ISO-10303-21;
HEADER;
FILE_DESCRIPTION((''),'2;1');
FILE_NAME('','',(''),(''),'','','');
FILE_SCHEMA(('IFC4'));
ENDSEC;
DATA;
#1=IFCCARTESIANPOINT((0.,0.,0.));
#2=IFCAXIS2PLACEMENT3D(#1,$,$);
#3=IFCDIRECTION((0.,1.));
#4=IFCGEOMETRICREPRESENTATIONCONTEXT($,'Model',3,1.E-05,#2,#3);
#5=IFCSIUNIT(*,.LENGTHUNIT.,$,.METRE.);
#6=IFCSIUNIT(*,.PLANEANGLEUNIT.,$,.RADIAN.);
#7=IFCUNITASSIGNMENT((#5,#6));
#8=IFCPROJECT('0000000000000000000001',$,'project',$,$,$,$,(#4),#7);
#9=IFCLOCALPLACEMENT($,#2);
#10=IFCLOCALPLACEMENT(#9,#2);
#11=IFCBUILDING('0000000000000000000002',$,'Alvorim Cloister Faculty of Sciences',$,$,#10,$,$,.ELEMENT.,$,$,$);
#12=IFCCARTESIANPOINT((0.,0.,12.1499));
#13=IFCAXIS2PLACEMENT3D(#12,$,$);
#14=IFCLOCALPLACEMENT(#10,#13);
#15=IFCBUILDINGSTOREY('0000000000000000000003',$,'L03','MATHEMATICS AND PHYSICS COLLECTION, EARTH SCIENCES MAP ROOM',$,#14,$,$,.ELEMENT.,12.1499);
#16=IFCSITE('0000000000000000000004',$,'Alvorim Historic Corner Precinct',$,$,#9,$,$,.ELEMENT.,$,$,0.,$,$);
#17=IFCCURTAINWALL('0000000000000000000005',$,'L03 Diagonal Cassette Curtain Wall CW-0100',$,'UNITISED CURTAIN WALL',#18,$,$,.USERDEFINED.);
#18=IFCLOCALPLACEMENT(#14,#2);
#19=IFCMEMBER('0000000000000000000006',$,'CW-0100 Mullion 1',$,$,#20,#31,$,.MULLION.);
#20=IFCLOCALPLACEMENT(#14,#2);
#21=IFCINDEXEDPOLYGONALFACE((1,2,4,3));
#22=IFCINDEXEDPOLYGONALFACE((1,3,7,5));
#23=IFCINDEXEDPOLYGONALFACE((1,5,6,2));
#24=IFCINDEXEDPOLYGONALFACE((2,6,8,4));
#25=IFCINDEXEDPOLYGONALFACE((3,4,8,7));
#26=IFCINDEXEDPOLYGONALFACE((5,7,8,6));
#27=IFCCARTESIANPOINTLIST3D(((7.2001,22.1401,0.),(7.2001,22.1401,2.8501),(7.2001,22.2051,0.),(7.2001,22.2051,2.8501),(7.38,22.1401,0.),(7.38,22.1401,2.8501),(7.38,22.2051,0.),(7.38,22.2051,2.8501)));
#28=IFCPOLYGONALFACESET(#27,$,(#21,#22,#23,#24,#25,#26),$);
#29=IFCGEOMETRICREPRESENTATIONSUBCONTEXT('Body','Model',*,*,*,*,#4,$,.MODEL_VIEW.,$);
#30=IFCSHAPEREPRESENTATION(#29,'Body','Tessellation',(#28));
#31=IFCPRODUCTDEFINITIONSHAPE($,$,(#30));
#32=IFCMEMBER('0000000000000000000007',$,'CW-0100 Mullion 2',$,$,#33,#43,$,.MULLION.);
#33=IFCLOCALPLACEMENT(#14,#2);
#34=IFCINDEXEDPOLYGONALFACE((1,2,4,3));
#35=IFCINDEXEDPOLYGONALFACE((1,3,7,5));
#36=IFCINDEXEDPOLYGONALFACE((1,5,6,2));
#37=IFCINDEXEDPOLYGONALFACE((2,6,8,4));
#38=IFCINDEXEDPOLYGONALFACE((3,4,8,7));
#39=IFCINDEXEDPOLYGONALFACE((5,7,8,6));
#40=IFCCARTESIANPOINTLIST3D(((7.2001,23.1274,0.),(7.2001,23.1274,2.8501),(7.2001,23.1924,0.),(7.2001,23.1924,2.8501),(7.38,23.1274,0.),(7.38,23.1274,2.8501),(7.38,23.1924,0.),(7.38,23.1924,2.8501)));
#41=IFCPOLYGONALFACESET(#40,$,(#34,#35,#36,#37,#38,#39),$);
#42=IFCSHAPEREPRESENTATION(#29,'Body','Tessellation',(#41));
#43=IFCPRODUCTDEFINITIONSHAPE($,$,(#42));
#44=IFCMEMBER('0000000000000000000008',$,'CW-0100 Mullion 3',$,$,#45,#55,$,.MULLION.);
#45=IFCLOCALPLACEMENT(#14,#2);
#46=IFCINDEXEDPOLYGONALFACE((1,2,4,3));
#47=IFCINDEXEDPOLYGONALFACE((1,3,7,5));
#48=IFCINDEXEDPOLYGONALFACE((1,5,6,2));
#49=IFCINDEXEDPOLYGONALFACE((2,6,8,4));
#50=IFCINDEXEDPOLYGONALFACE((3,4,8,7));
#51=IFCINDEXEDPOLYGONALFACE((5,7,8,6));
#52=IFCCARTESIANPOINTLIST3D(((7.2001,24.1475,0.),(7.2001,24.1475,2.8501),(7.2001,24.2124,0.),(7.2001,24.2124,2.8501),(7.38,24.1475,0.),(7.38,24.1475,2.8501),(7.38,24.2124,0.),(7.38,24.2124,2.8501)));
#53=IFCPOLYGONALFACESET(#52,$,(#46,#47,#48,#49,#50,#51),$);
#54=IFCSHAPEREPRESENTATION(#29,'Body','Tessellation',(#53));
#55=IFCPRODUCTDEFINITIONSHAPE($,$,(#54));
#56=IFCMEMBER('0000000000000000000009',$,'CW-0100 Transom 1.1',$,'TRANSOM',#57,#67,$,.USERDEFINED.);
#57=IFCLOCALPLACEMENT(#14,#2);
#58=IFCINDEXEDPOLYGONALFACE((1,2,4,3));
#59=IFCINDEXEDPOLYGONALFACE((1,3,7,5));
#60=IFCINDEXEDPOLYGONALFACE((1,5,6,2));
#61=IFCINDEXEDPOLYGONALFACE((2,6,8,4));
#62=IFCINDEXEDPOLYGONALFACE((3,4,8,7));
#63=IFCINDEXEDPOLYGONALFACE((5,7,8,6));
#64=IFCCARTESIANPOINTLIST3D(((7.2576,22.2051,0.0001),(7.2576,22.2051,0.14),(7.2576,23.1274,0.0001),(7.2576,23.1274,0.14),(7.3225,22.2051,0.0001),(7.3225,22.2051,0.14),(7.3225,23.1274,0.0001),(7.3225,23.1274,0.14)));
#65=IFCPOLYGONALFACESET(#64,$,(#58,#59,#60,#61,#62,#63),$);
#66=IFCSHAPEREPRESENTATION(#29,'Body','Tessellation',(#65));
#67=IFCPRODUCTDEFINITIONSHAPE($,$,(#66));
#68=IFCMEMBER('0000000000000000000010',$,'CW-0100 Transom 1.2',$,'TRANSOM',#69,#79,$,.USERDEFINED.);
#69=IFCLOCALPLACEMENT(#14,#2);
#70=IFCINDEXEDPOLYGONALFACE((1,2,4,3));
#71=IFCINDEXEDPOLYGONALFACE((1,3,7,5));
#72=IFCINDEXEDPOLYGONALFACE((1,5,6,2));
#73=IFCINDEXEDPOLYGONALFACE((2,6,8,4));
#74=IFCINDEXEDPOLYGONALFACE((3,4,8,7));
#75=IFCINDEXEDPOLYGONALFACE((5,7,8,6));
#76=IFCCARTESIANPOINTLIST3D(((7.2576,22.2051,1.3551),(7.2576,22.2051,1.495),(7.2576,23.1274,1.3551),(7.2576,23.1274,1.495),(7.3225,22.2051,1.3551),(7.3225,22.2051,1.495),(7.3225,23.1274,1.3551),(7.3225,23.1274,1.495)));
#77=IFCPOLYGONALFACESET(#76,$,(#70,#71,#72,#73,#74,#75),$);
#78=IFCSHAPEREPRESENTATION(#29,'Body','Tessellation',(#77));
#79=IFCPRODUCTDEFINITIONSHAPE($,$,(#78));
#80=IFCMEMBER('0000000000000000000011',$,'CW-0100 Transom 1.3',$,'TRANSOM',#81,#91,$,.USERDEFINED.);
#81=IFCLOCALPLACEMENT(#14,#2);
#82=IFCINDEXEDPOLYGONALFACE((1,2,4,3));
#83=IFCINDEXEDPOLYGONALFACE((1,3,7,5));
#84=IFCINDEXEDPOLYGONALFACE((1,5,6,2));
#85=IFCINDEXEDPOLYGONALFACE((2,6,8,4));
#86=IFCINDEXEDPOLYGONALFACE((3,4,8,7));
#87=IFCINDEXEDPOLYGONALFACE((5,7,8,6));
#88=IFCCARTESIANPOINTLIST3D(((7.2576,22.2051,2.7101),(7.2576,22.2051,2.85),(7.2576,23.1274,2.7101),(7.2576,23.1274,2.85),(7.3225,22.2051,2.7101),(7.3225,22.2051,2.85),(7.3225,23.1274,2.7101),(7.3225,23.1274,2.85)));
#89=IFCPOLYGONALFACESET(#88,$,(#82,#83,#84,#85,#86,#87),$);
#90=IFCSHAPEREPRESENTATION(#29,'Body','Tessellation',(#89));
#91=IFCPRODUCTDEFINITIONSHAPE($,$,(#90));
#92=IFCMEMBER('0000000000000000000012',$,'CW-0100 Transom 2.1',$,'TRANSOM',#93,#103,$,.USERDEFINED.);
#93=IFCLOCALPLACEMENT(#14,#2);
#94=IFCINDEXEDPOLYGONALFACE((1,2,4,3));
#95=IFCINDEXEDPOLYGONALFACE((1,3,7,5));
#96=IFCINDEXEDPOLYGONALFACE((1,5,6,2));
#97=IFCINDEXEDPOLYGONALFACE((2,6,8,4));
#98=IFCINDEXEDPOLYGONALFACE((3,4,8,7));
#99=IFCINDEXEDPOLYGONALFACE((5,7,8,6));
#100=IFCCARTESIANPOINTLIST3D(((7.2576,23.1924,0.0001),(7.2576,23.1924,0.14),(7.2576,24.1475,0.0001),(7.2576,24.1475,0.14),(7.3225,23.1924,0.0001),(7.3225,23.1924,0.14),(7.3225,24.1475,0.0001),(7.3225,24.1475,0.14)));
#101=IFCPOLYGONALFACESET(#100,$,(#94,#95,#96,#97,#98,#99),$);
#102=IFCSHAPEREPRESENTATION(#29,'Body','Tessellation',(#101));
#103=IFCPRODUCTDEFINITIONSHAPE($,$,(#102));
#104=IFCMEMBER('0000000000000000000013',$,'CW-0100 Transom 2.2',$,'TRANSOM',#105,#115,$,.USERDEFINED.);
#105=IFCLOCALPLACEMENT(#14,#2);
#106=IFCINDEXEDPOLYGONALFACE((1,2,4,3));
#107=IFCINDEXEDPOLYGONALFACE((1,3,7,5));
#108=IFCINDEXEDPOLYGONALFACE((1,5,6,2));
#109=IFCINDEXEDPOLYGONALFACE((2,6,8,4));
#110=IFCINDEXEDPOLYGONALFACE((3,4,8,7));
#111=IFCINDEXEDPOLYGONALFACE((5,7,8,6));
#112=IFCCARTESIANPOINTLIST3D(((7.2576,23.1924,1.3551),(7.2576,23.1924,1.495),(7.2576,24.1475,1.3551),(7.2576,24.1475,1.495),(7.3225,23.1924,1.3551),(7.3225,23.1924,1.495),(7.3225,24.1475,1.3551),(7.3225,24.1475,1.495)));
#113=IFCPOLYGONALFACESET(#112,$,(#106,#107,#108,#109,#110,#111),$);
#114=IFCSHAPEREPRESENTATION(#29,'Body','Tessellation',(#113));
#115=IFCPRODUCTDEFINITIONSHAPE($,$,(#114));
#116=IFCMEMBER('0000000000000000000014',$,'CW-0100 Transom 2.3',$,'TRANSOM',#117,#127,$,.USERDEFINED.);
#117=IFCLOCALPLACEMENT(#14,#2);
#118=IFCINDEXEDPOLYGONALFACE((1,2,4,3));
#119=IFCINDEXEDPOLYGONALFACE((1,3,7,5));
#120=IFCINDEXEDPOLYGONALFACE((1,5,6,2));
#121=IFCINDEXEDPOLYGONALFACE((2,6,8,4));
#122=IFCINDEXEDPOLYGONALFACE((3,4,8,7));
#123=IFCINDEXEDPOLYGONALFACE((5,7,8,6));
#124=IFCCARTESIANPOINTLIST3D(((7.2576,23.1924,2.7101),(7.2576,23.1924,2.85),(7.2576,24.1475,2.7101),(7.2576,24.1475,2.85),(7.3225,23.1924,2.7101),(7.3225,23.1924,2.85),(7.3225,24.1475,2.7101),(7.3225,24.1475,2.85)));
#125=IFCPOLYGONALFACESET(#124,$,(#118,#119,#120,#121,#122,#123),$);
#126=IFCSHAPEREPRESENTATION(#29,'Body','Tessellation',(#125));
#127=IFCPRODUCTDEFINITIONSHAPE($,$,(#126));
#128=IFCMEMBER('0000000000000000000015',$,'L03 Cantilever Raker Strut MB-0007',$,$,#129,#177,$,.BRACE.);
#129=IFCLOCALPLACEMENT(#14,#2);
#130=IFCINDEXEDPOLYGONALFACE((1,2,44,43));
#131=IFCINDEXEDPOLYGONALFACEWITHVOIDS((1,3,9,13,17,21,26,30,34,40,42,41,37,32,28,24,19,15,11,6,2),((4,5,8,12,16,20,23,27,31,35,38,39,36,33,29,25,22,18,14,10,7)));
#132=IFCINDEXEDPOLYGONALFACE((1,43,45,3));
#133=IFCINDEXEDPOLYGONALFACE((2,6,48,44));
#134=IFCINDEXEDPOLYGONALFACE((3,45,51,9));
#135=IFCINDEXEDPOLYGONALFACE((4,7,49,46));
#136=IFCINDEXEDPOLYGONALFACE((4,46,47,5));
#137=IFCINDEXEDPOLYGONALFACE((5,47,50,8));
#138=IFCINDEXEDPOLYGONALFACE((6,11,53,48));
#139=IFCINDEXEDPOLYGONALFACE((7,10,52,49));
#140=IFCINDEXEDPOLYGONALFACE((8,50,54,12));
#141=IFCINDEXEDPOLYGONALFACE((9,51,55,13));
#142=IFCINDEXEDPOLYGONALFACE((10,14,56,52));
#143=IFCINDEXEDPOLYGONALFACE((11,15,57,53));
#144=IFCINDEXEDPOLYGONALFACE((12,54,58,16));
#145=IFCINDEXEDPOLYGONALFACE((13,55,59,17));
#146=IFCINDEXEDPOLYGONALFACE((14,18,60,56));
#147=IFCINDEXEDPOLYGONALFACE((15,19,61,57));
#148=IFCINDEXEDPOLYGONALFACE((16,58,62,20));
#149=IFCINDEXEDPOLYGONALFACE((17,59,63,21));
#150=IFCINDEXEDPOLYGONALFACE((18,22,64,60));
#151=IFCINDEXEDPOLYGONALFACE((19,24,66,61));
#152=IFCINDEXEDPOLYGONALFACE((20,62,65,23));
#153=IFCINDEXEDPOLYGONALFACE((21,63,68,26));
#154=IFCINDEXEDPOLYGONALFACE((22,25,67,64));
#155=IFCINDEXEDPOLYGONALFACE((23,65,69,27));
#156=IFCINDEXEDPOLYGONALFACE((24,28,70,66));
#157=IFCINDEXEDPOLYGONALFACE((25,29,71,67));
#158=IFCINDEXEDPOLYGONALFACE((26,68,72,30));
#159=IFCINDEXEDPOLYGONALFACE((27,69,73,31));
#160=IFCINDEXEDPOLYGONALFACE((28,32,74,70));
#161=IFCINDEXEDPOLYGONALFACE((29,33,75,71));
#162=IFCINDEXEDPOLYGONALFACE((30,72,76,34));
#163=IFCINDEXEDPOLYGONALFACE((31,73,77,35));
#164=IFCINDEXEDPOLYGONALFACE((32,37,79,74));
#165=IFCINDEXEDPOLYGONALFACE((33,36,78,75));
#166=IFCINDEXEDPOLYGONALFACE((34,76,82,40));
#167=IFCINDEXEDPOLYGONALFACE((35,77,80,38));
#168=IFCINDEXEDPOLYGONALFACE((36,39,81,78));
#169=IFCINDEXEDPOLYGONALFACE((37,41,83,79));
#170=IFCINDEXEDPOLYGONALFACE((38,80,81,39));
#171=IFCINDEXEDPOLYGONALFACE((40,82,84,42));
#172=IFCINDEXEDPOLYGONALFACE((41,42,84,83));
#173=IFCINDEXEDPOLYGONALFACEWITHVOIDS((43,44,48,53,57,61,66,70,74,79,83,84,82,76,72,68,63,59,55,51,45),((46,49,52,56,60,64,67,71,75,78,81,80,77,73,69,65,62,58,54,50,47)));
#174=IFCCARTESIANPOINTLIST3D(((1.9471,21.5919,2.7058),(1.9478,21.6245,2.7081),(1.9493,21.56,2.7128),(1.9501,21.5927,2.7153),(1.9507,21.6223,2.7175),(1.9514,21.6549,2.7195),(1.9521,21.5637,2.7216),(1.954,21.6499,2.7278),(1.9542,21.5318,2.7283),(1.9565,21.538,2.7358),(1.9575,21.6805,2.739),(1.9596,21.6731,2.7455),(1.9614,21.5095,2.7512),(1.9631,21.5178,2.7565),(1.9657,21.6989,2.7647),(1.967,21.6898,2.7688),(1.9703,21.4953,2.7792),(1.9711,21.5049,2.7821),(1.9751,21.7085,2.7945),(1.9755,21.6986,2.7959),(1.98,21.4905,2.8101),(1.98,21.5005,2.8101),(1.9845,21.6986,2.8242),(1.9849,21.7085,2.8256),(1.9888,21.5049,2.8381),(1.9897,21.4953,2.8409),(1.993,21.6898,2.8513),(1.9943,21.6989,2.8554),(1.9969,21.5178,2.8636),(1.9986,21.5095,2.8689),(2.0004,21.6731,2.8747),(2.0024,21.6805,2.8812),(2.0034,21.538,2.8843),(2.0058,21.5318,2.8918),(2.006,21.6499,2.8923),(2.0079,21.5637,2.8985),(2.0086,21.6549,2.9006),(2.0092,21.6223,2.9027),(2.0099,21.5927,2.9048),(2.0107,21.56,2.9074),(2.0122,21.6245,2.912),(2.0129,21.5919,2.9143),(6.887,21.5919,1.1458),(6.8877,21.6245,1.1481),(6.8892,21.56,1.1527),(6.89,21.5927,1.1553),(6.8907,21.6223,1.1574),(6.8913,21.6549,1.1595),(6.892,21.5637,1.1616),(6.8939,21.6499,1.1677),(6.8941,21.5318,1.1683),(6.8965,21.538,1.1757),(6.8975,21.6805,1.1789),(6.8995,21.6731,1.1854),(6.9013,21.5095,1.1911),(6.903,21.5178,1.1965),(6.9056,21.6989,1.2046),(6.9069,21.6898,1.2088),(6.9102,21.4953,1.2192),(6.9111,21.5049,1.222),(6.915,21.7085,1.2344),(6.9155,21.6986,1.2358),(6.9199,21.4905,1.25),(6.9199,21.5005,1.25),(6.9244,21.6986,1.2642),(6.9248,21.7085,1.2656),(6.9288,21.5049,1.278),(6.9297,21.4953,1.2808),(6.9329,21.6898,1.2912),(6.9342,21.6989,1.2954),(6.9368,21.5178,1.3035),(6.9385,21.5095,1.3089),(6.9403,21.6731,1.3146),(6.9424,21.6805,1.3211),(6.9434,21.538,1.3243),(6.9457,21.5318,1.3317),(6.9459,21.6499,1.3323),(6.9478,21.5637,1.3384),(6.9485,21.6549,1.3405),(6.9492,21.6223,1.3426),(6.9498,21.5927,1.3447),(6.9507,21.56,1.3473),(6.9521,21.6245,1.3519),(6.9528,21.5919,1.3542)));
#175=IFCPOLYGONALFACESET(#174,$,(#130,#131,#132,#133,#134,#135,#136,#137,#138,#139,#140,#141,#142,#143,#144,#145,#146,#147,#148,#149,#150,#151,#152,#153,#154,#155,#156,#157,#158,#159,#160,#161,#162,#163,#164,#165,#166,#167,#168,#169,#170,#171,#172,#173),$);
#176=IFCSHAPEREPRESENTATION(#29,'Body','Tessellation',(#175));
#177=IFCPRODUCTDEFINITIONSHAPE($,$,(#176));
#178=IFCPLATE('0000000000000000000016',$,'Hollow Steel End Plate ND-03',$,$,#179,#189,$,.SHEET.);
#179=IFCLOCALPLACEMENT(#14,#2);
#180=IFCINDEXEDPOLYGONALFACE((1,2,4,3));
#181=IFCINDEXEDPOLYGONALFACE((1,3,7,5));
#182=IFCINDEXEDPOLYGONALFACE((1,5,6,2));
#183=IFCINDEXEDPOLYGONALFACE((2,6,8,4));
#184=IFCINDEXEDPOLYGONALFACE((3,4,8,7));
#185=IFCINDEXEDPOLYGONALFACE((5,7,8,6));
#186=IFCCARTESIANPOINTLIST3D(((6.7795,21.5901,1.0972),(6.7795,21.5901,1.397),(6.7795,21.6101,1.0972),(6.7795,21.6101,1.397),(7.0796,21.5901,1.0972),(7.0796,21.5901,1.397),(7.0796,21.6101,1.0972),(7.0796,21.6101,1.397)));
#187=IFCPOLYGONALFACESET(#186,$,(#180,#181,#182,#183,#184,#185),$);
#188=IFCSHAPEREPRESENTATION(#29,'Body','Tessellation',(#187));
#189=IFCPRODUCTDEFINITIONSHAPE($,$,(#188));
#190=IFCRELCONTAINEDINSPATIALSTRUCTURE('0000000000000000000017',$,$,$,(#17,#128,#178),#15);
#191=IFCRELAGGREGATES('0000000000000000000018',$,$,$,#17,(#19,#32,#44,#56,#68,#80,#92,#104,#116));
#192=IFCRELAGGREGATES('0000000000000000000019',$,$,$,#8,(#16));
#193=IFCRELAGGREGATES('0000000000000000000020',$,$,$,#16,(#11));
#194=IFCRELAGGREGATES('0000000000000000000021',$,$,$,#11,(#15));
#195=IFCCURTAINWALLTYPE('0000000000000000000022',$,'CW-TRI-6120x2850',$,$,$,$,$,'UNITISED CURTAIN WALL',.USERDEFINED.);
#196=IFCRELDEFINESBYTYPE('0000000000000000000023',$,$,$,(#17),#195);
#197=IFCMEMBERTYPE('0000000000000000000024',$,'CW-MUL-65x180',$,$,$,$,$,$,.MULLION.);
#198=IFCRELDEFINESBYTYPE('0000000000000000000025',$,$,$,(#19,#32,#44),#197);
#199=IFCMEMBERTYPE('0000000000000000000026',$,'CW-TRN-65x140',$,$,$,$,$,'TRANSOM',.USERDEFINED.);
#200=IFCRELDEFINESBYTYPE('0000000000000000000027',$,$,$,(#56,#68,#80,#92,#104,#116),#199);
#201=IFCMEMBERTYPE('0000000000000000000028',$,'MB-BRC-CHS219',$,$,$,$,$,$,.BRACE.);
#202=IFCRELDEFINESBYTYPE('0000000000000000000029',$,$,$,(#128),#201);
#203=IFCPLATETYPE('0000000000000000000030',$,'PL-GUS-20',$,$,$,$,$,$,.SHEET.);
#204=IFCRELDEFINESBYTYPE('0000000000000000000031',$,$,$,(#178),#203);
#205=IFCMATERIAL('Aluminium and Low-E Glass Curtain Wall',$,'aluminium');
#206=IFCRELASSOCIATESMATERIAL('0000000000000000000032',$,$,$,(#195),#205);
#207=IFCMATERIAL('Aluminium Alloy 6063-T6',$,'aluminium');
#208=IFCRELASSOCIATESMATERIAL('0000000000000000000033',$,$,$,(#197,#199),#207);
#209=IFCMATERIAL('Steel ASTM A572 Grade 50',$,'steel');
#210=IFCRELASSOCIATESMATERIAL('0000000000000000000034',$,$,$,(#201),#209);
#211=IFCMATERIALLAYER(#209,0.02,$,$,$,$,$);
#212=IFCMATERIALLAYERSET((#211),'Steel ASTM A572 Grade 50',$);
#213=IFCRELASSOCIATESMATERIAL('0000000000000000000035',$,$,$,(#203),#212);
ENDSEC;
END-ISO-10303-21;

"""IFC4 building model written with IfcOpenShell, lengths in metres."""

from ifc_helpers import new_model, si_unit, direction, frame, origin, origin_2d, place, context, subcontext, project, spatial, polyline, rectangle, hollow_circle, outline, extrude, material, layer, layer_set, material_profile, profile_set, type_object, element, aggregate, save


model = new_model("IFC4")

# Units and contexts
model_context = context("Model", 3, precision=1e-05, world=origin(), true_north=direction((0.0, 1.0)))
body_context = subcontext(model_context, "Body", "Model", "MODEL_VIEW")
ifc_project = project(units=[si_unit("LENGTHUNIT", "METRE"), si_unit("PLANEANGLEUNIT", "RADIAN")], contexts=[model_context])

# Site, building, storey
site_placement = place(None, origin())
site = spatial("IfcSite", under=ifc_project, at=site_placement, Name="Alvorim Historic Corner Precinct", CompositionType="ELEMENT", RefElevation=0.0)
building_placement = place(site_placement, origin())
building = spatial("IfcBuilding", under=site, at=building_placement, Name="Alvorim Cloister Faculty of Sciences", CompositionType="ELEMENT")
storey_placement = place(building_placement, frame((0.0, 0.0, 12.1499)))
storey = spatial("IfcBuildingStorey", under=building, at=storey_placement, Name="L03", Description="MATHEMATICS AND PHYSICS COLLECTION, EARTH SCIENCES MAP ROOM", CompositionType="ELEMENT", Elevation=12.1499)

# Shared definitions
ifc_material_1 = material(Name="Steel ASTM A572 Grade 50", Category="steel")

# Curtain wall, members
ifc_material_2 = material(Name="Aluminium and Low-E Glass Curtain Wall", Category="aluminium")
curtain_wall_type = type_object("IfcCurtainWallType", Name="CW-TRI-6120x2850", ElementType="UNITISED CURTAIN WALL", PredefinedType="USERDEFINED", material=ifc_material_2)
curtain_wall_placement = place(storey_placement, origin())
curtain_wall = element("IfcCurtainWall", 1, at=curtain_wall_placement, inside=storey, type_object=curtain_wall_type, Name="L03 Diagonal Cassette Curtain Wall CW-0100", ObjectType="UNITISED CURTAIN WALL", PredefinedType="USERDEFINED")
ifc_material_3 = material(Name="Aluminium Alloy 6063-T6", Category="aluminium")
ifc_material_profile_1 = material_profile(ifc_material_3, rectangle(XDim=0.0649, YDim=0.1799, at=origin_2d()), Name="ALU-MUL-65x180")
ifc_profile_set_1 = profile_set([ifc_material_profile_1], Name="Aluminium Alloy 6063-T6")
member_type_1 = type_object("IfcMemberType", Name="CW-MUL-65x180", PredefinedType="MULLION", material=ifc_profile_set_1)
member_1_placement = place(storey_placement, frame((7.29, 22.1726, 0.0), z_axis=(0.0, 0.0, 1.0), x_axis=(0.0, 1.0, 0.0)))
member_1 = element("IfcMember", 2, at=member_1_placement, type_object=member_type_1, Name="CW-0100 Mullion 1", PredefinedType="MULLION", context=body_context, shape_type="SweptSolid", body=[
    extrude(rectangle(XDim=0.0649, YDim=0.1799, at=origin_2d()), origin(), (0.0, 0.0, 1.0), 2.8501),
])
member_2_placement = place(storey_placement, frame((7.29, 23.1599, 0.0), z_axis=(0.0, 0.0, 1.0), x_axis=(0.0, 1.0, 0.0)))
member_2 = element("IfcMember", 3, at=member_2_placement, type_object=member_type_1, Name="CW-0100 Mullion 2", PredefinedType="MULLION", context=body_context, shape_type="SweptSolid", body=[
    extrude(rectangle(XDim=0.0649, YDim=0.1799, at=origin_2d()), origin(), (0.0, 0.0, 1.0), 2.8501),
])
member_3_placement = place(storey_placement, frame((7.29, 24.1799, 0.0), z_axis=(0.0, 0.0, 1.0), x_axis=(0.0, 1.0, 0.0)))
member_3 = element("IfcMember", 4, at=member_3_placement, type_object=member_type_1, Name="CW-0100 Mullion 3", PredefinedType="MULLION", context=body_context, shape_type="SweptSolid", body=[
    extrude(rectangle(XDim=0.0649, YDim=0.1799, at=origin_2d()), origin(), (0.0, 0.0, 1.0), 2.8501),
])
ifc_material_profile_2 = material_profile(ifc_material_3, rectangle(XDim=0.0649, YDim=0.1399, at=origin_2d()), Name="ALU-TRN-65x140")
ifc_profile_set_2 = profile_set([ifc_material_profile_2], Name="Aluminium Alloy 6063-T6")
member_type_2 = type_object("IfcMemberType", Name="CW-TRN-65x140", ElementType="TRANSOM", PredefinedType="USERDEFINED", material=ifc_profile_set_2)
member_4_placement = place(storey_placement, frame((7.29, 22.2051, 0.0701), z_axis=(0.0, 1.0, 0.0), x_axis=(-1.0, 0.0, 0.0)))
member_4 = element("IfcMember", 5, at=member_4_placement, type_object=member_type_2, Name="CW-0100 Transom 1.1", ObjectType="TRANSOM", PredefinedType="USERDEFINED", context=body_context, shape_type="SweptSolid", body=[
    extrude(rectangle(XDim=0.0649, YDim=0.1399, at=origin_2d()), origin(), (0.0, 0.0, 1.0), 0.9224),
])
member_5_placement = place(storey_placement, frame((7.29, 22.2051, 1.425), z_axis=(0.0, 1.0, 0.0), x_axis=(-1.0, 0.0, 0.0)))
member_5 = element("IfcMember", 6, at=member_5_placement, type_object=member_type_2, Name="CW-0100 Transom 1.2", ObjectType="TRANSOM", PredefinedType="USERDEFINED", context=body_context, shape_type="SweptSolid", body=[
    extrude(rectangle(XDim=0.0649, YDim=0.1399, at=origin_2d()), origin(), (0.0, 0.0, 1.0), 0.9224),
])
member_6_placement = place(storey_placement, frame((7.29, 22.2051, 2.78), z_axis=(0.0, 1.0, 0.0), x_axis=(-1.0, 0.0, 0.0)))
member_6 = element("IfcMember", 7, at=member_6_placement, type_object=member_type_2, Name="CW-0100 Transom 1.3", ObjectType="TRANSOM", PredefinedType="USERDEFINED", context=body_context, shape_type="SweptSolid", body=[
    extrude(rectangle(XDim=0.0649, YDim=0.1399, at=origin_2d()), origin(), (0.0, 0.0, 1.0), 0.9224),
])
member_7_placement = place(storey_placement, frame((7.29, 23.1924, 0.0701), z_axis=(0.0, 1.0, 0.0), x_axis=(-1.0, 0.0, 0.0)))
member_7 = element("IfcMember", 8, at=member_7_placement, type_object=member_type_2, Name="CW-0100 Transom 2.1", ObjectType="TRANSOM", PredefinedType="USERDEFINED", context=body_context, shape_type="SweptSolid", body=[
    extrude(rectangle(XDim=0.0649, YDim=0.1399, at=origin_2d()), origin(), (0.0, 0.0, 1.0), 0.9551),
])
member_8_placement = place(storey_placement, frame((7.29, 23.1924, 1.425), z_axis=(0.0, 1.0, 0.0), x_axis=(-1.0, 0.0, 0.0)))
member_8 = element("IfcMember", 9, at=member_8_placement, type_object=member_type_2, Name="CW-0100 Transom 2.2", ObjectType="TRANSOM", PredefinedType="USERDEFINED", context=body_context, shape_type="SweptSolid", body=[
    extrude(rectangle(XDim=0.0649, YDim=0.1399, at=origin_2d()), origin(), (0.0, 0.0, 1.0), 0.9551),
])
member_9_placement = place(storey_placement, frame((7.29, 23.1924, 2.78), z_axis=(0.0, 1.0, 0.0), x_axis=(-1.0, 0.0, 0.0)))
member_9 = element("IfcMember", 10, at=member_9_placement, type_object=member_type_2, Name="CW-0100 Transom 2.3", ObjectType="TRANSOM", PredefinedType="USERDEFINED", context=body_context, shape_type="SweptSolid", body=[
    extrude(rectangle(XDim=0.0649, YDim=0.1399, at=origin_2d()), origin(), (0.0, 0.0, 1.0), 0.9551),
])

# Member
ifc_material_profile_3 = material_profile(ifc_material_1, hollow_circle(Radius=0.1096, WallThickness=0.01, at=origin_2d()), Name="CHS219.1x10")
ifc_profile_set_3 = profile_set([ifc_material_profile_3], Name="Steel ASTM A572 Grade 50")
member_type_3 = type_object("IfcMemberType", Name="MB-BRC-CHS219", PredefinedType="BRACE", material=ifc_profile_set_3)
member_10_placement = place(storey_placement, frame((6.9199, 21.6001, 1.25), z_axis=(-0.953578, 0.0, 0.301145), x_axis=(0.0, -1.0, 0.0)))
element("IfcMember", 11, at=member_10_placement, inside=storey, type_object=member_type_3, Name="L03 Cantilever Raker Strut MB-0007", PredefinedType="BRACE", context=body_context, shape_type="SweptSolid", body=[
    extrude(hollow_circle(Radius=0.1096, WallThickness=0.01, at=origin_2d()), origin(), (0.0, 0.0, 1.0), 5.1804),
])

# Plate
ifc_layer_1 = layer(ifc_material_1, 0.02)
ifc_layer_set_1 = layer_set([ifc_layer_1], Name="Steel ASTM A572 Grade 50")
plate_type_1 = type_object("IfcPlateType", Name="PL-GUS-20", PredefinedType="SHEET", material=ifc_layer_set_1)
plate_1_placement = place(storey_placement, frame((7.0796, 21.6001, 1.0972), z_axis=(0.0, 0.0, 1.0), x_axis=(-1.0, 0.0, 0.0)))
element("IfcPlate", 12, at=plate_1_placement, inside=storey, type_object=plate_type_1, Name="Hollow Steel End Plate ND-03", PredefinedType="SHEET", context=body_context, shape_type="SweptSolid", body=[
    extrude(outline(polyline([(0.0, 0.0), (0.3, 0.0), (0.3, 0.2998), (0.0, 0.2998), (0.0, 0.0)])), frame((0.0, 0.01, 0.0), z_axis=(0.0, -1.0, 0.0), x_axis=(1.0, 0.0, 0.0)), (0.0, 0.0, 1.0), 0.02),
])

aggregate(curtain_wall, [member_1, member_2, member_3, member_4, member_5, member_6, member_7, member_8, member_9])

save(model, "model.ifc")
